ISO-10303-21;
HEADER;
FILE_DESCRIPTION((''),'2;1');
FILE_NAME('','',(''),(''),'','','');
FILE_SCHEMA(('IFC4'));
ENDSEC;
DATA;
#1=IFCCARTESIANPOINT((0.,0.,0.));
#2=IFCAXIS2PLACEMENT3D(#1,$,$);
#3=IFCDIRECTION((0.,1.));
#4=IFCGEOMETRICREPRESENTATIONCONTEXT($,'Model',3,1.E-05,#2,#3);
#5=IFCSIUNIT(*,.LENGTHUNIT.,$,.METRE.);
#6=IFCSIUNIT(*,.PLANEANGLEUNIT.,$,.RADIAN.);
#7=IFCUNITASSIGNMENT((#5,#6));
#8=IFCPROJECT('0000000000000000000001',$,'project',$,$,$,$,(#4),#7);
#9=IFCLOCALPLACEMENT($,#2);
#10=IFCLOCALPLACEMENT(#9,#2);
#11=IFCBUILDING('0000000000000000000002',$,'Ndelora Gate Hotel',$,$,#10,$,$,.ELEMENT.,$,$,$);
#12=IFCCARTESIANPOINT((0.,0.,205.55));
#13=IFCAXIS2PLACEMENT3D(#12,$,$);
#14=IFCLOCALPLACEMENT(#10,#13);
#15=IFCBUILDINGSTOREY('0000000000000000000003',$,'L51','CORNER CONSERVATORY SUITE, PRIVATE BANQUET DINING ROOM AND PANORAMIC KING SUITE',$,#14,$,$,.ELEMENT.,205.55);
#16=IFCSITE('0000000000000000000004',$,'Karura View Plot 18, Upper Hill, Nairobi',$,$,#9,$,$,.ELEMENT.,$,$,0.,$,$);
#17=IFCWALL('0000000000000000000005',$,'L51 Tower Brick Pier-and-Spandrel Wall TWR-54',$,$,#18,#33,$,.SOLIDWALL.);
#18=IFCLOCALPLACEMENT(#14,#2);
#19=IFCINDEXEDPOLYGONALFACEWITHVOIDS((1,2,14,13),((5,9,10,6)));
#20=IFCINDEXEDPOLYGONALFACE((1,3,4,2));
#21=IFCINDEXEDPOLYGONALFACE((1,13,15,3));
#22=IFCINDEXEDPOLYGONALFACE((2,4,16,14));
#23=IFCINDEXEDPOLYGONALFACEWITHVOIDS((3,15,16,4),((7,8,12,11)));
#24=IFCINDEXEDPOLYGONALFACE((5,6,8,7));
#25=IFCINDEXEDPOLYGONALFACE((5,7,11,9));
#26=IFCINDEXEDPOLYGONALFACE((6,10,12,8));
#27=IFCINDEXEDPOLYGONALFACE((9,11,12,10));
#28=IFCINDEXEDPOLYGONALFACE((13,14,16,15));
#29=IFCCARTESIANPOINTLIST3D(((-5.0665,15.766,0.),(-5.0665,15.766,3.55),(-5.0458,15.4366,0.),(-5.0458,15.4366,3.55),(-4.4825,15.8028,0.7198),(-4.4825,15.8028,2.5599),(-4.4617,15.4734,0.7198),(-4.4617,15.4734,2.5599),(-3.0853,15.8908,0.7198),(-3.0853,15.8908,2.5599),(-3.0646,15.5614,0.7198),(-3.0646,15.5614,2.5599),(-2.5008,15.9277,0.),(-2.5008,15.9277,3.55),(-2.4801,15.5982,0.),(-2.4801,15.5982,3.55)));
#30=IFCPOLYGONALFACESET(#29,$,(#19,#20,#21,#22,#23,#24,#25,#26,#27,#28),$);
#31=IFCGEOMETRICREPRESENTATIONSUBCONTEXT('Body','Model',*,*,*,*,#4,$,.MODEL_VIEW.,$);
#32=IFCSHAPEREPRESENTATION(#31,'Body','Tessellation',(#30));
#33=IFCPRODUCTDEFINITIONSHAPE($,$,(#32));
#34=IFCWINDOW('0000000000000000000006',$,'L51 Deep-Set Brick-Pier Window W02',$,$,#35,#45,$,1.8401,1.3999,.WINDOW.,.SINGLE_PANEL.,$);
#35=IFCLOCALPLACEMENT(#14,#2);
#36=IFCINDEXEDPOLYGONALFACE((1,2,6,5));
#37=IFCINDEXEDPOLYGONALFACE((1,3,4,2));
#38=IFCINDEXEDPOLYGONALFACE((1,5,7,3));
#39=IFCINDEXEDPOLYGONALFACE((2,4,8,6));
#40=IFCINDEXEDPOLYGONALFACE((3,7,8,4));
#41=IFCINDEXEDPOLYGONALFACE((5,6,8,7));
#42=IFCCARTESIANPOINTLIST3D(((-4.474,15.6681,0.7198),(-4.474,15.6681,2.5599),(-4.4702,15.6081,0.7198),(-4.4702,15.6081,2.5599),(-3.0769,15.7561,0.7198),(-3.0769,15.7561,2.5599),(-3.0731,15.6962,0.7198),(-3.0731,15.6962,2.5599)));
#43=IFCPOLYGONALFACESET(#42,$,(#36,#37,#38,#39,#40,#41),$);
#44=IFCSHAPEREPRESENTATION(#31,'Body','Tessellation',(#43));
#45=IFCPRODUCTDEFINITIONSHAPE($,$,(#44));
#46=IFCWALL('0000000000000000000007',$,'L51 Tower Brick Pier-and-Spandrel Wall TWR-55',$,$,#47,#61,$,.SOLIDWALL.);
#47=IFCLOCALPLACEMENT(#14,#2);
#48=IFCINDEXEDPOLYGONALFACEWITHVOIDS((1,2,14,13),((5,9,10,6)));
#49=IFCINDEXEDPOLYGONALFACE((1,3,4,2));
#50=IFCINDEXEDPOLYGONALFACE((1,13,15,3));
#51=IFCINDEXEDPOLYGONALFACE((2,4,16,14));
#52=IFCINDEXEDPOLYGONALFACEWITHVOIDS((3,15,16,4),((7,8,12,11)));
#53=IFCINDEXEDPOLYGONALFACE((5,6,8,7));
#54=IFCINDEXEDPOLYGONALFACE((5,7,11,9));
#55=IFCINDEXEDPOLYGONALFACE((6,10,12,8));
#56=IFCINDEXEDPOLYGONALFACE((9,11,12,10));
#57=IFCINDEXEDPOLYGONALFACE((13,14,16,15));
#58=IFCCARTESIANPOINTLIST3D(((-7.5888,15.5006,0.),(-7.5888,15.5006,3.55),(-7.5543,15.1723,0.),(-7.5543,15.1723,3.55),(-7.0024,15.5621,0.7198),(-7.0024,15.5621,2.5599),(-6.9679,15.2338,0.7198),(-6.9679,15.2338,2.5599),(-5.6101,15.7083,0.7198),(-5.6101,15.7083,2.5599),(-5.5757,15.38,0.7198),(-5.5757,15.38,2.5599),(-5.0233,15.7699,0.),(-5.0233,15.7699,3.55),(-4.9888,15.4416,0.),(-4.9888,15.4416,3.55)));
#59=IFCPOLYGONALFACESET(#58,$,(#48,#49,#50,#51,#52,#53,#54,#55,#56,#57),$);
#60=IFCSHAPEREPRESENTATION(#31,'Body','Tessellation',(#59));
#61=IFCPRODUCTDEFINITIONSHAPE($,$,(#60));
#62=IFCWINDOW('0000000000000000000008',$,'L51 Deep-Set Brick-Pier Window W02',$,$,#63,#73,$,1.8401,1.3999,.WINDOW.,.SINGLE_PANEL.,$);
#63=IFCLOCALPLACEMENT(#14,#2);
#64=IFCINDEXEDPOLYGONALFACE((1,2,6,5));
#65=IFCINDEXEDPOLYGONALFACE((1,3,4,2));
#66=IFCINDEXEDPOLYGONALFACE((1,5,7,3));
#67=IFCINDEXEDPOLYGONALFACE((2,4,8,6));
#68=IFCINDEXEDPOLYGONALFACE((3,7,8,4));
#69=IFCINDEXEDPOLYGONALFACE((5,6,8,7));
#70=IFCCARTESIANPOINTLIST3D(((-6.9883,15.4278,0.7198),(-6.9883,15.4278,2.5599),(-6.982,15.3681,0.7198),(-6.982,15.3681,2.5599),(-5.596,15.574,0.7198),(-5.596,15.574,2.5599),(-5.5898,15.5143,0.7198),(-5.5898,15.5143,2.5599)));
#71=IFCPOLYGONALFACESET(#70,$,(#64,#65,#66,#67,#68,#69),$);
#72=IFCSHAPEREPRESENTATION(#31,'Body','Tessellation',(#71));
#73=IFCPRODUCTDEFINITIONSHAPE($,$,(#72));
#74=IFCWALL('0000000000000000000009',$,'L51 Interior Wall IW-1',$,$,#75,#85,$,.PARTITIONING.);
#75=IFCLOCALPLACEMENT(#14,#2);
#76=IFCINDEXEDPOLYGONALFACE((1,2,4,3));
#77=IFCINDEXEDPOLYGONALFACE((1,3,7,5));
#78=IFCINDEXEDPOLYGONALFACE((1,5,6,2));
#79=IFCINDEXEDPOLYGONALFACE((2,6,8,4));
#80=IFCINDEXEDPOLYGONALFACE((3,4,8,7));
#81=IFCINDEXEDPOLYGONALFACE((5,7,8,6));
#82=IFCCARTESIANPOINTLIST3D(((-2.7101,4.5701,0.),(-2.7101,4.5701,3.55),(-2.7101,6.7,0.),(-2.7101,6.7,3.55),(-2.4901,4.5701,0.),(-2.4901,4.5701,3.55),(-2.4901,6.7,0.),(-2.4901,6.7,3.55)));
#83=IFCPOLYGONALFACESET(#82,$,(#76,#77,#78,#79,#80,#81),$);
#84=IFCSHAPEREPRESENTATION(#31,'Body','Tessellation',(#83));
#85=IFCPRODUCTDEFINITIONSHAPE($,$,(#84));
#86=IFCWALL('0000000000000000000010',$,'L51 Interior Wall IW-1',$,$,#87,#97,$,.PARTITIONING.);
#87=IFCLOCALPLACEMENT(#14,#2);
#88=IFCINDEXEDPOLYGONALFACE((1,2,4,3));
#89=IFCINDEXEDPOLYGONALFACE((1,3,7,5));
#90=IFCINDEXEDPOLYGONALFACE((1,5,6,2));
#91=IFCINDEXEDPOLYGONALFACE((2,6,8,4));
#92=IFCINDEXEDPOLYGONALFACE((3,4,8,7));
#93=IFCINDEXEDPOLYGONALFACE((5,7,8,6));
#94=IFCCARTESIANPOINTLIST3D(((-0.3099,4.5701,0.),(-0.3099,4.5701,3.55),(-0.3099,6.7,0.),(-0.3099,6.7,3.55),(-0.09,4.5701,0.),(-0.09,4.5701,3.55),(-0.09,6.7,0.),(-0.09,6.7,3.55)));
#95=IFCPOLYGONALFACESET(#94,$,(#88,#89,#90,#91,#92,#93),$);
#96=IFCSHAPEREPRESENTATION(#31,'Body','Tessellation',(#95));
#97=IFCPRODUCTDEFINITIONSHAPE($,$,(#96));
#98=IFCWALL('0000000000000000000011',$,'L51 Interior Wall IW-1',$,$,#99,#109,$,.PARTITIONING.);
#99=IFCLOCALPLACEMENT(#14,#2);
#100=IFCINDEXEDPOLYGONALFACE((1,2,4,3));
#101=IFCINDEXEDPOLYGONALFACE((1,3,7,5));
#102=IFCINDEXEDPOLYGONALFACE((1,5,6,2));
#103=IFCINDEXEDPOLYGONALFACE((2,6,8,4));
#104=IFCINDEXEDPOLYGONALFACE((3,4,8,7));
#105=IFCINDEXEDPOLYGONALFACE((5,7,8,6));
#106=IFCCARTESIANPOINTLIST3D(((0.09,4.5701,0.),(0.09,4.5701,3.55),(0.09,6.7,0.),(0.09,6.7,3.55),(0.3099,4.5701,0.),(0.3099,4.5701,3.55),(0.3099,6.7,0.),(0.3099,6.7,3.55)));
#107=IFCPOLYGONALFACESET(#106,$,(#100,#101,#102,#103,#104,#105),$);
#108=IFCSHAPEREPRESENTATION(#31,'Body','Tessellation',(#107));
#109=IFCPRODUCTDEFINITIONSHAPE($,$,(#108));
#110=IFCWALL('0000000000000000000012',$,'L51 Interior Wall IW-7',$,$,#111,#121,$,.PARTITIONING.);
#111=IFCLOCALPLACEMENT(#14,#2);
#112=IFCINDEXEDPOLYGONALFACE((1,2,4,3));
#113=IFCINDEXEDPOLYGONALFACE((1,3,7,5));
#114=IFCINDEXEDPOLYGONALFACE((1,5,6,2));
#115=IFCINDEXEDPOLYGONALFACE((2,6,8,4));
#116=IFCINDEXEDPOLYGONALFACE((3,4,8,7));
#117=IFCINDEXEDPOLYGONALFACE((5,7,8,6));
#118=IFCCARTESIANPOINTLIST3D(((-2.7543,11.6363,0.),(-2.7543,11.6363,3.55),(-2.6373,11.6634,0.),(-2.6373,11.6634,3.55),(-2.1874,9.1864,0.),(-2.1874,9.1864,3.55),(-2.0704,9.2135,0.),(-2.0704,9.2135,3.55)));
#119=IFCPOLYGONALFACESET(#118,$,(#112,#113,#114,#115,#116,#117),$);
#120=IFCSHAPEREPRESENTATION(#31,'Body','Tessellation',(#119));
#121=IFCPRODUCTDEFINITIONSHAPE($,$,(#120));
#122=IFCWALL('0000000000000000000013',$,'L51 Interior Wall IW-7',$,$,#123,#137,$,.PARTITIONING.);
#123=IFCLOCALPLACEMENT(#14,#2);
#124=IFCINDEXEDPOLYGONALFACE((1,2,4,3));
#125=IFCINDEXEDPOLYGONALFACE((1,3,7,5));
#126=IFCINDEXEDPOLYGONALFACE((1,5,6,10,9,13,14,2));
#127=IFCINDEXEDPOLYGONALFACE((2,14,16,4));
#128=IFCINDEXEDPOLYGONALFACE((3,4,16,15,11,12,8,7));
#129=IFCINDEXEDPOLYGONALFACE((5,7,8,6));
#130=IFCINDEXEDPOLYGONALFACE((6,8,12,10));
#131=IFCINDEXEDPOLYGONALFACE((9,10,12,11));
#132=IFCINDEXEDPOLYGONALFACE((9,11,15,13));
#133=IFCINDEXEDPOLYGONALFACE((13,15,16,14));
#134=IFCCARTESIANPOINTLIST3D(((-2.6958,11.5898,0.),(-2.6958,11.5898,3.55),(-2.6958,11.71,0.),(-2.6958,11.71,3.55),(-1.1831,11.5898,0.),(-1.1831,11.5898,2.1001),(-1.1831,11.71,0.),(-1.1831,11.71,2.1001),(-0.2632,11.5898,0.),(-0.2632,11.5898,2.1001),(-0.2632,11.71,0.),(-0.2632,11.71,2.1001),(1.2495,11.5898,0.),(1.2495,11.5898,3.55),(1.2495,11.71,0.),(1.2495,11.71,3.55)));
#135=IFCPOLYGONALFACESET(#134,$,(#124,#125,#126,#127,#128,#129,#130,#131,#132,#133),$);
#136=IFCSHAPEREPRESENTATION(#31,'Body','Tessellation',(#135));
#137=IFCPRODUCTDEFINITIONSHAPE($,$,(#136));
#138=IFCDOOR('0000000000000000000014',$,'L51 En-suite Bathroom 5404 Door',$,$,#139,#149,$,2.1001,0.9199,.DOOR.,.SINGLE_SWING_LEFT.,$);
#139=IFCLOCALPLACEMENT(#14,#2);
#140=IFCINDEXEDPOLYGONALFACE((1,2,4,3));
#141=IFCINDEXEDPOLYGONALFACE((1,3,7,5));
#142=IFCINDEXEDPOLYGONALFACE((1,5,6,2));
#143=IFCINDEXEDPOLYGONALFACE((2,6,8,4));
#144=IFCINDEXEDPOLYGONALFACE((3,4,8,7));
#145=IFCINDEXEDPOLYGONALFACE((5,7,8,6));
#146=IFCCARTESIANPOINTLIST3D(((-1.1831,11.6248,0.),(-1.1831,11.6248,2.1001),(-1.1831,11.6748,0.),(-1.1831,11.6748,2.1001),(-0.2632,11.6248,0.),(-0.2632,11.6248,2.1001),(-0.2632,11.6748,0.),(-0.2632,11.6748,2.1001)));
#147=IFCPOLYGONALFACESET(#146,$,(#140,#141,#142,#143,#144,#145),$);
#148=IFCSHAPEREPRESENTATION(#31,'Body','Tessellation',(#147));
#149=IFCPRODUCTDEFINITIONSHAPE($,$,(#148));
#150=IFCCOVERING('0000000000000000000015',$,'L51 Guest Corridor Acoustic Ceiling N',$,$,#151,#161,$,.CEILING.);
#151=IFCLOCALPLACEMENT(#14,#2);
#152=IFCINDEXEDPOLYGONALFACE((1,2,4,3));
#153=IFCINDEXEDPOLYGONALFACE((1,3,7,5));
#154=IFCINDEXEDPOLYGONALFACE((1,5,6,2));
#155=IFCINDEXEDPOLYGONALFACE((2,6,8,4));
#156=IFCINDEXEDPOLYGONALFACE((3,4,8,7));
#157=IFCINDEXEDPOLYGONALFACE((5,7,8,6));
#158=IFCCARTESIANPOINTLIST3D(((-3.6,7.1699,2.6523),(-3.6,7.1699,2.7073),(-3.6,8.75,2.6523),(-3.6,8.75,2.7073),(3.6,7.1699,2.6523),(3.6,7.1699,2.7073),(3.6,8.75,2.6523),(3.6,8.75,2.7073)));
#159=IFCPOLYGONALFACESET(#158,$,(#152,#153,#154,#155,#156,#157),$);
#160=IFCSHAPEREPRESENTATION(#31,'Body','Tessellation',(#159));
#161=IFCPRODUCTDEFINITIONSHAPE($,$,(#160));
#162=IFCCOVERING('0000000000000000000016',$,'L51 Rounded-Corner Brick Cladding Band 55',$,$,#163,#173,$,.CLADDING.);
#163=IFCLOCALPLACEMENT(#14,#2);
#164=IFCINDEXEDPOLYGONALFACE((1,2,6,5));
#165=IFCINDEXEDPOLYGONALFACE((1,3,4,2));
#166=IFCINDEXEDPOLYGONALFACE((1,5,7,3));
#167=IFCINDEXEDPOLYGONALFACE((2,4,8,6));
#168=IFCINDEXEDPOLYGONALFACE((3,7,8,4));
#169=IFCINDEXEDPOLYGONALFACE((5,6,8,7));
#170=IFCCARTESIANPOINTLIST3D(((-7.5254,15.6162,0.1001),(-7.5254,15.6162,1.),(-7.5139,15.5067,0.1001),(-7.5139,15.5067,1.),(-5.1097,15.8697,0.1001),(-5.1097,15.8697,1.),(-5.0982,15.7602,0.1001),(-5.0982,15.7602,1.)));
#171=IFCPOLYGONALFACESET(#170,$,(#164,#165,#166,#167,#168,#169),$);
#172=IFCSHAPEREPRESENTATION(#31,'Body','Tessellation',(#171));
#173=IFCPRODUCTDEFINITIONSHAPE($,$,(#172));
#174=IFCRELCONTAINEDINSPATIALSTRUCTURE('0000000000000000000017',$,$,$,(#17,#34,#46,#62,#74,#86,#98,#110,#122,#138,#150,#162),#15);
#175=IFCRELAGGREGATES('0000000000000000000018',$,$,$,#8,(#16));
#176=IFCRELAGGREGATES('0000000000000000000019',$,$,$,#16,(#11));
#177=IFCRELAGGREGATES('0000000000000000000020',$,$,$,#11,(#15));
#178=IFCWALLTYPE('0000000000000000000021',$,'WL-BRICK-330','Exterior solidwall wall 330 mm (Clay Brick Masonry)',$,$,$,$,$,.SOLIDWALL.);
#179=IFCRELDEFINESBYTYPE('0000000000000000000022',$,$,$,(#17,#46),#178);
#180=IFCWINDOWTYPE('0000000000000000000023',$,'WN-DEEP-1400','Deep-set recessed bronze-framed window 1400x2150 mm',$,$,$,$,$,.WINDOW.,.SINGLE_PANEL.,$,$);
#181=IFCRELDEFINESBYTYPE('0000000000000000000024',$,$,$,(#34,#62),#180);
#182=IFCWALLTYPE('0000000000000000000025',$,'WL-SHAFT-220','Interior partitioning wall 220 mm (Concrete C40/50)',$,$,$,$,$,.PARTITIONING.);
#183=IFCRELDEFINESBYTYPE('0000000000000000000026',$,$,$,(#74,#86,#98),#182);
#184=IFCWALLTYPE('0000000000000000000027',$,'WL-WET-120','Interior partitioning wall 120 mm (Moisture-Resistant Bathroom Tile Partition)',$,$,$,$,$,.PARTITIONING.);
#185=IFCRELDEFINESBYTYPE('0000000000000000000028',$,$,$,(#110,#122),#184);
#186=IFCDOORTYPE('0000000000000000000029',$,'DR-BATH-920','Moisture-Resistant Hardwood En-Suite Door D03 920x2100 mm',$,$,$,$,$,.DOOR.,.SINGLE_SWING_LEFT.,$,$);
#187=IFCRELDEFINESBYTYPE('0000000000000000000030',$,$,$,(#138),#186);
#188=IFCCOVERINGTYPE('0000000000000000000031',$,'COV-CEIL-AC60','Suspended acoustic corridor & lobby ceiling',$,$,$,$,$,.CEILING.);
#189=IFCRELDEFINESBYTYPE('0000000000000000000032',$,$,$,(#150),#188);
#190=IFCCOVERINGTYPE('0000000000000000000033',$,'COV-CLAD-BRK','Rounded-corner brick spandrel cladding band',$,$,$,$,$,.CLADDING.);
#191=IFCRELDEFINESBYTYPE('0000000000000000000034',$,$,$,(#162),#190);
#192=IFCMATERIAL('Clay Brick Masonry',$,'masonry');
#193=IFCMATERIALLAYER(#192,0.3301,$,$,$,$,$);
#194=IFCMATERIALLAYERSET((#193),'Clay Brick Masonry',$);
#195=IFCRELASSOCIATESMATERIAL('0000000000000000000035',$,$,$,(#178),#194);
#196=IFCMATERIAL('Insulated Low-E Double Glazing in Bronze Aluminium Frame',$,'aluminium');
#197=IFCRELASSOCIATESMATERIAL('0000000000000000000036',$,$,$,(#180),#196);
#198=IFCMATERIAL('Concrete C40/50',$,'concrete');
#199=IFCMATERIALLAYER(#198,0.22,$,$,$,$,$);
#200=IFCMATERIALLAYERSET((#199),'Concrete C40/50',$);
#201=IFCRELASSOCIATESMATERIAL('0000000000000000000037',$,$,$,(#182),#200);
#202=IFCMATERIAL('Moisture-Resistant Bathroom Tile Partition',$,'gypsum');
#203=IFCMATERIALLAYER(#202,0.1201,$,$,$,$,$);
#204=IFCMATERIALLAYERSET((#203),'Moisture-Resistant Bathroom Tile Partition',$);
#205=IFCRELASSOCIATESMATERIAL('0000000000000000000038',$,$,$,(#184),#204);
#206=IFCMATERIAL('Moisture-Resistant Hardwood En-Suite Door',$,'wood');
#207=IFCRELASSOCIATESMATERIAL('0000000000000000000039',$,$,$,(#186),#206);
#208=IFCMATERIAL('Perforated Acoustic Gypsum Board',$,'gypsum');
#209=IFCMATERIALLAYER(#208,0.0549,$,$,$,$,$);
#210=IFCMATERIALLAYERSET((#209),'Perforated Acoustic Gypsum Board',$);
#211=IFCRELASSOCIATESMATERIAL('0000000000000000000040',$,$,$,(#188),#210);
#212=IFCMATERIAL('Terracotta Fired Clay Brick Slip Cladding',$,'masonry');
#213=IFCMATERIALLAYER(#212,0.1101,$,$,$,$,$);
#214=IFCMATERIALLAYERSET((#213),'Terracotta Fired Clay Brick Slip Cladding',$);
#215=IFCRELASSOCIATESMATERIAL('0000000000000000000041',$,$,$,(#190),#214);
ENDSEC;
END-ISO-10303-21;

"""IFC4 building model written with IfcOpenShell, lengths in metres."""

from ifc_helpers import new_model, si_unit, direction, frame, frame_2d, origin, origin_2d, place, context, subcontext, project, spatial, rectangle, extrude, material, layer, layer_set, type_object, element, fill, save


model = new_model("IFC4")

# Units and contexts
model_context = context("Model", 3, precision=1e-05, world=origin(), true_north=direction((0.0, 1.0)))
body_context = subcontext(model_context, "Body", "Model", "MODEL_VIEW")
ifc_project = project(units=[si_unit("LENGTHUNIT", "METRE"), si_unit("PLANEANGLEUNIT", "RADIAN")], contexts=[model_context])

# Site, building, storey
site_placement = place(None, origin())
site = spatial("IfcSite", under=ifc_project, at=site_placement, Name="Karura View Plot 18, Upper Hill, Nairobi", CompositionType="ELEMENT", RefElevation=0.0)
building_placement = place(site_placement, origin())
building = spatial("IfcBuilding", under=site, at=building_placement, Name="Ndelora Gate Hotel", CompositionType="ELEMENT")
storey_placement = place(building_placement, frame((0.0, 0.0, 205.55)))
storey = spatial("IfcBuildingStorey", under=building, at=storey_placement, Name="L51", Description="CORNER CONSERVATORY SUITE, PRIVATE BANQUET DINING ROOM AND PANORAMIC KING SUITE", CompositionType="ELEMENT", Elevation=205.55)

# Shared definitions
ifc_material_1 = material(Name="Clay Brick Masonry", Category="masonry")
ifc_layer_1 = layer(ifc_material_1, 0.3301)
ifc_layer_set_1 = layer_set([ifc_layer_1], Name="Clay Brick Masonry")
wall_type_1 = type_object("IfcWallType", Name="WL-BRICK-330", Description="Exterior solidwall wall 330 mm (Clay Brick Masonry)", PredefinedType="SOLIDWALL", material=ifc_layer_set_1)

# Walls, openings, windows
wall_1_placement = place(storey_placement, frame((-5.0562, 15.6013, 0.0), z_axis=(0.0, 0.0, 1.0), x_axis=(0.998022, 0.062869, 0.0)))
wall_1 = element("IfcWall", 1, at=wall_1_placement, inside=storey, type_object=wall_type_1, Name="L51 Tower Brick Pier-and-Spandrel Wall TWR-54", PredefinedType="SOLIDWALL", context=body_context, shape_type="SweptSolid", body=[
    extrude(rectangle(XDim=2.5708, YDim=0.3301, at=frame_2d((1.2854, 0.0))), origin(), (0.0, 0.0, 1.0), 3.55),
])
opening_1_placement = place(wall_1_placement, frame((0.5852, 0.0, 0.72)))
opening_1 = element("IfcOpeningElement", 2, at=opening_1_placement, cuts=wall_1, PredefinedType="OPENING", context=body_context, shape_type="SweptSolid", body=[
    extrude(rectangle(XDim=1.3999, YDim=1.8401, at=frame_2d((0.7, 0.9199))), frame((0.0, 0.175, 0.0), z_axis=(0.0, -1.0, 0.0), x_axis=(1.0, 0.0, 0.0)), (0.0, 0.0, 1.0), 0.3501),
])
ifc_material_2 = material(Name="Insulated Low-E Double Glazing in Bronze Aluminium Frame", Category="aluminium")
window_type = type_object("IfcWindowType", Name="WN-DEEP-1400", Description="Deep-set recessed bronze-framed window 1400x2150 mm", PartitioningType="SINGLE_PANEL", PredefinedType="WINDOW", material=ifc_material_2)
window_1_placement = place(opening_1_placement, origin())
window_1 = element("IfcWindow", 3, at=window_1_placement, inside=storey, type_object=window_type, Name="L51 Deep-Set Brick-Pier Window W02", OverallHeight=1.8401, OverallWidth=1.3999, PartitioningType="SINGLE_PANEL", PredefinedType="WINDOW", context=body_context, shape_type="SweptSolid", body=[
    extrude(rectangle(XDim=1.3999, YDim=1.8401, at=frame_2d((0.7, 0.9199))), frame((0.0, 0.03, 0.0), z_axis=(0.0, -1.0, 0.0), x_axis=(1.0, 0.0, 0.0)), (0.0, 0.0, 1.0), 0.0601),
])
fill(opening_1, window_1)
wall_2_placement = place(storey_placement, frame((-7.5715, 15.3364, 0.0), z_axis=(0.0, 0.0, 1.0), x_axis=(0.994536, 0.104394, 0.0)))
wall_2 = element("IfcWall", 4, at=wall_2_placement, inside=storey, type_object=wall_type_1, Name="L51 Tower Brick Pier-and-Spandrel Wall TWR-55", PredefinedType="SOLIDWALL", context=body_context, shape_type="SweptSolid", body=[
    extrude(rectangle(XDim=2.5796, YDim=0.3301, at=frame_2d((1.2898, 0.0))), origin(), (0.0, 0.0, 1.0), 3.55),
])
opening_2_placement = place(wall_2_placement, frame((0.5896, 0.0, 0.72)))
opening_2 = element("IfcOpeningElement", 5, at=opening_2_placement, cuts=wall_2, PredefinedType="OPENING", context=body_context, shape_type="SweptSolid", body=[
    extrude(rectangle(XDim=1.3999, YDim=1.8401, at=frame_2d((0.7, 0.9199))), frame((0.0, 0.175, 0.0), z_axis=(0.0, -1.0, 0.0), x_axis=(1.0, 0.0, 0.0)), (0.0, 0.0, 1.0), 0.3501),
])
window_2_placement = place(opening_2_placement, origin())
window_2 = element("IfcWindow", 6, at=window_2_placement, inside=storey, type_object=window_type, Name="L51 Deep-Set Brick-Pier Window W02", OverallHeight=1.8401, OverallWidth=1.3999, PartitioningType="SINGLE_PANEL", PredefinedType="WINDOW", context=body_context, shape_type="SweptSolid", body=[
    extrude(rectangle(XDim=1.3999, YDim=1.8401, at=frame_2d((0.7, 0.9199))), frame((0.0, 0.03, 0.0), z_axis=(0.0, -1.0, 0.0), x_axis=(1.0, 0.0, 0.0)), (0.0, 0.0, 1.0), 0.0601),
])
fill(opening_2, window_2)

# Walls
ifc_material_3 = material(Name="Concrete C40/50", Category="concrete")
ifc_layer_2 = layer(ifc_material_3, 0.22)
ifc_layer_set_2 = layer_set([ifc_layer_2], Name="Concrete C40/50")
wall_type_2 = type_object("IfcWallType", Name="WL-SHAFT-220", Description="Interior partitioning wall 220 mm (Concrete C40/50)", PredefinedType="PARTITIONING", material=ifc_layer_set_2)
for number, where, z_axis, x_axis, name in (
    (7, (-2.6001, 4.5701, 0.0), (0.0, 0.0, 1.0), (0.0, 1.0, 0.0), "L51 Interior Wall IW-1"),
    (8, (-0.2, 4.5701, 0.0), (0.0, 0.0, 1.0), (0.0, 1.0, 0.0), "L51 Interior Wall IW-1"),
    (9, (0.2, 4.5701, 0.0), (0.0, 0.0, 1.0), (0.0, 1.0, 0.0), "L51 Interior Wall IW-1"),
):
    element("IfcWall", number, at=place(storey_placement, frame(where, z_axis=z_axis, x_axis=x_axis)), inside=storey, type_object=wall_type_2, Name=name, PredefinedType="PARTITIONING", context=body_context, shape_type="SweptSolid", body=[
        extrude(rectangle(XDim=2.1299, YDim=0.22, at=frame_2d((1.0649, 0.0))), origin(), (0.0, 0.0, 1.0), 3.55),
    ])
ifc_material_4 = material(Name="Moisture-Resistant Bathroom Tile Partition", Category="gypsum")
ifc_layer_3 = layer(ifc_material_4, 0.1201)
ifc_layer_set_3 = layer_set([ifc_layer_3], Name="Moisture-Resistant Bathroom Tile Partition")
wall_type_3 = type_object("IfcWallType", Name="WL-WET-120", Description="Interior partitioning wall 120 mm (Moisture-Resistant Bathroom Tile Partition)", PredefinedType="PARTITIONING", material=ifc_layer_set_3)
wall_3_placement = place(storey_placement, frame((-2.1289, 9.2, 0.0), z_axis=(0.0, 0.0, 1.0), x_axis=(-0.225434, 0.974258, 0.0)))
element("IfcWall", 10, at=wall_3_placement, inside=storey, type_object=wall_type_3, Name="L51 Interior Wall IW-7", PredefinedType="PARTITIONING", context=body_context, shape_type="SweptSolid", body=[
    extrude(rectangle(XDim=2.5146, YDim=0.1201, at=frame_2d((1.2573, 0.0))), origin(), (0.0, 0.0, 1.0), 3.55),
])

# Wall, opening, door
wall_4_placement = place(storey_placement, frame((-2.6958, 11.6499, 0.0), z_axis=(0.0, 0.0, 1.0), x_axis=(1.0, 0.0, 0.0)))
wall_4 = element("IfcWall", 11, at=wall_4_placement, inside=storey, type_object=wall_type_3, Name="L51 Interior Wall IW-7", PredefinedType="PARTITIONING", context=body_context, shape_type="SweptSolid", body=[
    extrude(rectangle(XDim=3.9453, YDim=0.1201, at=frame_2d((1.9727, 0.0))), origin(), (0.0, 0.0, 1.0), 3.55),
])
opening_3_placement = place(wall_4_placement, frame((1.5127, 0.0, 0.0)))
opening_3 = element("IfcOpeningElement", 12, at=opening_3_placement, cuts=wall_4, PredefinedType="OPENING", context=body_context, shape_type="SweptSolid", body=[
    extrude(rectangle(XDim=0.9199, YDim=2.1001, at=frame_2d((0.46, 1.05))), frame((0.0, 0.0701, 0.0), z_axis=(0.0, -1.0, 0.0), x_axis=(1.0, 0.0, 0.0)), (0.0, 0.0, 1.0), 0.1401),
])
ifc_material_5 = material(Name="Moisture-Resistant Hardwood En-Suite Door", Category="wood")
door_type = type_object("IfcDoorType", Name="DR-BATH-920", Description="Moisture-Resistant Hardwood En-Suite Door D03 920x2100 mm", OperationType="SINGLE_SWING_LEFT", PredefinedType="DOOR", material=ifc_material_5)
door_placement = place(opening_3_placement, origin())
door = element("IfcDoor", 13, at=door_placement, inside=storey, type_object=door_type, Name="L51 En-suite Bathroom 5404 Door", OperationType="SINGLE_SWING_LEFT", OverallHeight=2.1001, OverallWidth=0.9199, PredefinedType="DOOR", context=body_context, shape_type="SweptSolid", body=[
    extrude(rectangle(XDim=0.9199, YDim=2.1001, at=frame_2d((0.46, 1.05))), frame((0.0, 0.0249, 0.0), z_axis=(0.0, -1.0, 0.0), x_axis=(1.0, 0.0, 0.0)), (0.0, 0.0, 1.0), 0.05),
])
fill(opening_3, door)

# Coverings
ifc_material_6 = material(Name="Perforated Acoustic Gypsum Board", Category="gypsum")
ifc_layer_4 = layer(ifc_material_6, 0.0549)
ifc_layer_set_4 = layer_set([ifc_layer_4], Name="Perforated Acoustic Gypsum Board")
covering_type_1 = type_object("IfcCoveringType", Name="COV-CEIL-AC60", Description="Suspended acoustic corridor & lobby ceiling", PredefinedType="CEILING", material=ifc_layer_set_4)
covering_1_placement = place(storey_placement, frame((0.0, 7.96, 2.6523), z_axis=(0.0, 0.0, 1.0), x_axis=(1.0, 0.0, 0.0)))
element("IfcCovering", 14, at=covering_1_placement, inside=storey, type_object=covering_type_1, Name="L51 Guest Corridor Acoustic Ceiling N", PredefinedType="CEILING", context=body_context, shape_type="SweptSolid", body=[
    extrude(rectangle(XDim=7.2, YDim=1.5801, at=origin_2d()), origin(), (0.0, 0.0, 1.0), 0.0549),
])
ifc_material_7 = material(Name="Terracotta Fired Clay Brick Slip Cladding", Category="masonry")
ifc_layer_5 = layer(ifc_material_7, 0.1101)
ifc_layer_set_5 = layer_set([ifc_layer_5], Name="Terracotta Fired Clay Brick Slip Cladding")
covering_type_2 = type_object("IfcCoveringType", Name="COV-CLAD-BRK", Description="Rounded-corner brick spandrel cladding band", PredefinedType="CLADDING", material=ifc_layer_set_5)
covering_2_placement = place(storey_placement, frame((-6.3118, 15.6882, 0.1001), z_axis=(0.0, 0.0, 1.0), x_axis=(0.99454, 0.104355, 0.0)))
element("IfcCovering", 15, at=covering_2_placement, inside=storey, type_object=covering_type_2, Name="L51 Rounded-Corner Brick Cladding Band 55", PredefinedType="CLADDING", context=body_context, shape_type="SweptSolid", body=[
    extrude(rectangle(XDim=2.429, YDim=0.1101, at=origin_2d()), origin(), (0.0, 0.0, 1.0), 0.8999),
])

save(model, "model.ifc")
